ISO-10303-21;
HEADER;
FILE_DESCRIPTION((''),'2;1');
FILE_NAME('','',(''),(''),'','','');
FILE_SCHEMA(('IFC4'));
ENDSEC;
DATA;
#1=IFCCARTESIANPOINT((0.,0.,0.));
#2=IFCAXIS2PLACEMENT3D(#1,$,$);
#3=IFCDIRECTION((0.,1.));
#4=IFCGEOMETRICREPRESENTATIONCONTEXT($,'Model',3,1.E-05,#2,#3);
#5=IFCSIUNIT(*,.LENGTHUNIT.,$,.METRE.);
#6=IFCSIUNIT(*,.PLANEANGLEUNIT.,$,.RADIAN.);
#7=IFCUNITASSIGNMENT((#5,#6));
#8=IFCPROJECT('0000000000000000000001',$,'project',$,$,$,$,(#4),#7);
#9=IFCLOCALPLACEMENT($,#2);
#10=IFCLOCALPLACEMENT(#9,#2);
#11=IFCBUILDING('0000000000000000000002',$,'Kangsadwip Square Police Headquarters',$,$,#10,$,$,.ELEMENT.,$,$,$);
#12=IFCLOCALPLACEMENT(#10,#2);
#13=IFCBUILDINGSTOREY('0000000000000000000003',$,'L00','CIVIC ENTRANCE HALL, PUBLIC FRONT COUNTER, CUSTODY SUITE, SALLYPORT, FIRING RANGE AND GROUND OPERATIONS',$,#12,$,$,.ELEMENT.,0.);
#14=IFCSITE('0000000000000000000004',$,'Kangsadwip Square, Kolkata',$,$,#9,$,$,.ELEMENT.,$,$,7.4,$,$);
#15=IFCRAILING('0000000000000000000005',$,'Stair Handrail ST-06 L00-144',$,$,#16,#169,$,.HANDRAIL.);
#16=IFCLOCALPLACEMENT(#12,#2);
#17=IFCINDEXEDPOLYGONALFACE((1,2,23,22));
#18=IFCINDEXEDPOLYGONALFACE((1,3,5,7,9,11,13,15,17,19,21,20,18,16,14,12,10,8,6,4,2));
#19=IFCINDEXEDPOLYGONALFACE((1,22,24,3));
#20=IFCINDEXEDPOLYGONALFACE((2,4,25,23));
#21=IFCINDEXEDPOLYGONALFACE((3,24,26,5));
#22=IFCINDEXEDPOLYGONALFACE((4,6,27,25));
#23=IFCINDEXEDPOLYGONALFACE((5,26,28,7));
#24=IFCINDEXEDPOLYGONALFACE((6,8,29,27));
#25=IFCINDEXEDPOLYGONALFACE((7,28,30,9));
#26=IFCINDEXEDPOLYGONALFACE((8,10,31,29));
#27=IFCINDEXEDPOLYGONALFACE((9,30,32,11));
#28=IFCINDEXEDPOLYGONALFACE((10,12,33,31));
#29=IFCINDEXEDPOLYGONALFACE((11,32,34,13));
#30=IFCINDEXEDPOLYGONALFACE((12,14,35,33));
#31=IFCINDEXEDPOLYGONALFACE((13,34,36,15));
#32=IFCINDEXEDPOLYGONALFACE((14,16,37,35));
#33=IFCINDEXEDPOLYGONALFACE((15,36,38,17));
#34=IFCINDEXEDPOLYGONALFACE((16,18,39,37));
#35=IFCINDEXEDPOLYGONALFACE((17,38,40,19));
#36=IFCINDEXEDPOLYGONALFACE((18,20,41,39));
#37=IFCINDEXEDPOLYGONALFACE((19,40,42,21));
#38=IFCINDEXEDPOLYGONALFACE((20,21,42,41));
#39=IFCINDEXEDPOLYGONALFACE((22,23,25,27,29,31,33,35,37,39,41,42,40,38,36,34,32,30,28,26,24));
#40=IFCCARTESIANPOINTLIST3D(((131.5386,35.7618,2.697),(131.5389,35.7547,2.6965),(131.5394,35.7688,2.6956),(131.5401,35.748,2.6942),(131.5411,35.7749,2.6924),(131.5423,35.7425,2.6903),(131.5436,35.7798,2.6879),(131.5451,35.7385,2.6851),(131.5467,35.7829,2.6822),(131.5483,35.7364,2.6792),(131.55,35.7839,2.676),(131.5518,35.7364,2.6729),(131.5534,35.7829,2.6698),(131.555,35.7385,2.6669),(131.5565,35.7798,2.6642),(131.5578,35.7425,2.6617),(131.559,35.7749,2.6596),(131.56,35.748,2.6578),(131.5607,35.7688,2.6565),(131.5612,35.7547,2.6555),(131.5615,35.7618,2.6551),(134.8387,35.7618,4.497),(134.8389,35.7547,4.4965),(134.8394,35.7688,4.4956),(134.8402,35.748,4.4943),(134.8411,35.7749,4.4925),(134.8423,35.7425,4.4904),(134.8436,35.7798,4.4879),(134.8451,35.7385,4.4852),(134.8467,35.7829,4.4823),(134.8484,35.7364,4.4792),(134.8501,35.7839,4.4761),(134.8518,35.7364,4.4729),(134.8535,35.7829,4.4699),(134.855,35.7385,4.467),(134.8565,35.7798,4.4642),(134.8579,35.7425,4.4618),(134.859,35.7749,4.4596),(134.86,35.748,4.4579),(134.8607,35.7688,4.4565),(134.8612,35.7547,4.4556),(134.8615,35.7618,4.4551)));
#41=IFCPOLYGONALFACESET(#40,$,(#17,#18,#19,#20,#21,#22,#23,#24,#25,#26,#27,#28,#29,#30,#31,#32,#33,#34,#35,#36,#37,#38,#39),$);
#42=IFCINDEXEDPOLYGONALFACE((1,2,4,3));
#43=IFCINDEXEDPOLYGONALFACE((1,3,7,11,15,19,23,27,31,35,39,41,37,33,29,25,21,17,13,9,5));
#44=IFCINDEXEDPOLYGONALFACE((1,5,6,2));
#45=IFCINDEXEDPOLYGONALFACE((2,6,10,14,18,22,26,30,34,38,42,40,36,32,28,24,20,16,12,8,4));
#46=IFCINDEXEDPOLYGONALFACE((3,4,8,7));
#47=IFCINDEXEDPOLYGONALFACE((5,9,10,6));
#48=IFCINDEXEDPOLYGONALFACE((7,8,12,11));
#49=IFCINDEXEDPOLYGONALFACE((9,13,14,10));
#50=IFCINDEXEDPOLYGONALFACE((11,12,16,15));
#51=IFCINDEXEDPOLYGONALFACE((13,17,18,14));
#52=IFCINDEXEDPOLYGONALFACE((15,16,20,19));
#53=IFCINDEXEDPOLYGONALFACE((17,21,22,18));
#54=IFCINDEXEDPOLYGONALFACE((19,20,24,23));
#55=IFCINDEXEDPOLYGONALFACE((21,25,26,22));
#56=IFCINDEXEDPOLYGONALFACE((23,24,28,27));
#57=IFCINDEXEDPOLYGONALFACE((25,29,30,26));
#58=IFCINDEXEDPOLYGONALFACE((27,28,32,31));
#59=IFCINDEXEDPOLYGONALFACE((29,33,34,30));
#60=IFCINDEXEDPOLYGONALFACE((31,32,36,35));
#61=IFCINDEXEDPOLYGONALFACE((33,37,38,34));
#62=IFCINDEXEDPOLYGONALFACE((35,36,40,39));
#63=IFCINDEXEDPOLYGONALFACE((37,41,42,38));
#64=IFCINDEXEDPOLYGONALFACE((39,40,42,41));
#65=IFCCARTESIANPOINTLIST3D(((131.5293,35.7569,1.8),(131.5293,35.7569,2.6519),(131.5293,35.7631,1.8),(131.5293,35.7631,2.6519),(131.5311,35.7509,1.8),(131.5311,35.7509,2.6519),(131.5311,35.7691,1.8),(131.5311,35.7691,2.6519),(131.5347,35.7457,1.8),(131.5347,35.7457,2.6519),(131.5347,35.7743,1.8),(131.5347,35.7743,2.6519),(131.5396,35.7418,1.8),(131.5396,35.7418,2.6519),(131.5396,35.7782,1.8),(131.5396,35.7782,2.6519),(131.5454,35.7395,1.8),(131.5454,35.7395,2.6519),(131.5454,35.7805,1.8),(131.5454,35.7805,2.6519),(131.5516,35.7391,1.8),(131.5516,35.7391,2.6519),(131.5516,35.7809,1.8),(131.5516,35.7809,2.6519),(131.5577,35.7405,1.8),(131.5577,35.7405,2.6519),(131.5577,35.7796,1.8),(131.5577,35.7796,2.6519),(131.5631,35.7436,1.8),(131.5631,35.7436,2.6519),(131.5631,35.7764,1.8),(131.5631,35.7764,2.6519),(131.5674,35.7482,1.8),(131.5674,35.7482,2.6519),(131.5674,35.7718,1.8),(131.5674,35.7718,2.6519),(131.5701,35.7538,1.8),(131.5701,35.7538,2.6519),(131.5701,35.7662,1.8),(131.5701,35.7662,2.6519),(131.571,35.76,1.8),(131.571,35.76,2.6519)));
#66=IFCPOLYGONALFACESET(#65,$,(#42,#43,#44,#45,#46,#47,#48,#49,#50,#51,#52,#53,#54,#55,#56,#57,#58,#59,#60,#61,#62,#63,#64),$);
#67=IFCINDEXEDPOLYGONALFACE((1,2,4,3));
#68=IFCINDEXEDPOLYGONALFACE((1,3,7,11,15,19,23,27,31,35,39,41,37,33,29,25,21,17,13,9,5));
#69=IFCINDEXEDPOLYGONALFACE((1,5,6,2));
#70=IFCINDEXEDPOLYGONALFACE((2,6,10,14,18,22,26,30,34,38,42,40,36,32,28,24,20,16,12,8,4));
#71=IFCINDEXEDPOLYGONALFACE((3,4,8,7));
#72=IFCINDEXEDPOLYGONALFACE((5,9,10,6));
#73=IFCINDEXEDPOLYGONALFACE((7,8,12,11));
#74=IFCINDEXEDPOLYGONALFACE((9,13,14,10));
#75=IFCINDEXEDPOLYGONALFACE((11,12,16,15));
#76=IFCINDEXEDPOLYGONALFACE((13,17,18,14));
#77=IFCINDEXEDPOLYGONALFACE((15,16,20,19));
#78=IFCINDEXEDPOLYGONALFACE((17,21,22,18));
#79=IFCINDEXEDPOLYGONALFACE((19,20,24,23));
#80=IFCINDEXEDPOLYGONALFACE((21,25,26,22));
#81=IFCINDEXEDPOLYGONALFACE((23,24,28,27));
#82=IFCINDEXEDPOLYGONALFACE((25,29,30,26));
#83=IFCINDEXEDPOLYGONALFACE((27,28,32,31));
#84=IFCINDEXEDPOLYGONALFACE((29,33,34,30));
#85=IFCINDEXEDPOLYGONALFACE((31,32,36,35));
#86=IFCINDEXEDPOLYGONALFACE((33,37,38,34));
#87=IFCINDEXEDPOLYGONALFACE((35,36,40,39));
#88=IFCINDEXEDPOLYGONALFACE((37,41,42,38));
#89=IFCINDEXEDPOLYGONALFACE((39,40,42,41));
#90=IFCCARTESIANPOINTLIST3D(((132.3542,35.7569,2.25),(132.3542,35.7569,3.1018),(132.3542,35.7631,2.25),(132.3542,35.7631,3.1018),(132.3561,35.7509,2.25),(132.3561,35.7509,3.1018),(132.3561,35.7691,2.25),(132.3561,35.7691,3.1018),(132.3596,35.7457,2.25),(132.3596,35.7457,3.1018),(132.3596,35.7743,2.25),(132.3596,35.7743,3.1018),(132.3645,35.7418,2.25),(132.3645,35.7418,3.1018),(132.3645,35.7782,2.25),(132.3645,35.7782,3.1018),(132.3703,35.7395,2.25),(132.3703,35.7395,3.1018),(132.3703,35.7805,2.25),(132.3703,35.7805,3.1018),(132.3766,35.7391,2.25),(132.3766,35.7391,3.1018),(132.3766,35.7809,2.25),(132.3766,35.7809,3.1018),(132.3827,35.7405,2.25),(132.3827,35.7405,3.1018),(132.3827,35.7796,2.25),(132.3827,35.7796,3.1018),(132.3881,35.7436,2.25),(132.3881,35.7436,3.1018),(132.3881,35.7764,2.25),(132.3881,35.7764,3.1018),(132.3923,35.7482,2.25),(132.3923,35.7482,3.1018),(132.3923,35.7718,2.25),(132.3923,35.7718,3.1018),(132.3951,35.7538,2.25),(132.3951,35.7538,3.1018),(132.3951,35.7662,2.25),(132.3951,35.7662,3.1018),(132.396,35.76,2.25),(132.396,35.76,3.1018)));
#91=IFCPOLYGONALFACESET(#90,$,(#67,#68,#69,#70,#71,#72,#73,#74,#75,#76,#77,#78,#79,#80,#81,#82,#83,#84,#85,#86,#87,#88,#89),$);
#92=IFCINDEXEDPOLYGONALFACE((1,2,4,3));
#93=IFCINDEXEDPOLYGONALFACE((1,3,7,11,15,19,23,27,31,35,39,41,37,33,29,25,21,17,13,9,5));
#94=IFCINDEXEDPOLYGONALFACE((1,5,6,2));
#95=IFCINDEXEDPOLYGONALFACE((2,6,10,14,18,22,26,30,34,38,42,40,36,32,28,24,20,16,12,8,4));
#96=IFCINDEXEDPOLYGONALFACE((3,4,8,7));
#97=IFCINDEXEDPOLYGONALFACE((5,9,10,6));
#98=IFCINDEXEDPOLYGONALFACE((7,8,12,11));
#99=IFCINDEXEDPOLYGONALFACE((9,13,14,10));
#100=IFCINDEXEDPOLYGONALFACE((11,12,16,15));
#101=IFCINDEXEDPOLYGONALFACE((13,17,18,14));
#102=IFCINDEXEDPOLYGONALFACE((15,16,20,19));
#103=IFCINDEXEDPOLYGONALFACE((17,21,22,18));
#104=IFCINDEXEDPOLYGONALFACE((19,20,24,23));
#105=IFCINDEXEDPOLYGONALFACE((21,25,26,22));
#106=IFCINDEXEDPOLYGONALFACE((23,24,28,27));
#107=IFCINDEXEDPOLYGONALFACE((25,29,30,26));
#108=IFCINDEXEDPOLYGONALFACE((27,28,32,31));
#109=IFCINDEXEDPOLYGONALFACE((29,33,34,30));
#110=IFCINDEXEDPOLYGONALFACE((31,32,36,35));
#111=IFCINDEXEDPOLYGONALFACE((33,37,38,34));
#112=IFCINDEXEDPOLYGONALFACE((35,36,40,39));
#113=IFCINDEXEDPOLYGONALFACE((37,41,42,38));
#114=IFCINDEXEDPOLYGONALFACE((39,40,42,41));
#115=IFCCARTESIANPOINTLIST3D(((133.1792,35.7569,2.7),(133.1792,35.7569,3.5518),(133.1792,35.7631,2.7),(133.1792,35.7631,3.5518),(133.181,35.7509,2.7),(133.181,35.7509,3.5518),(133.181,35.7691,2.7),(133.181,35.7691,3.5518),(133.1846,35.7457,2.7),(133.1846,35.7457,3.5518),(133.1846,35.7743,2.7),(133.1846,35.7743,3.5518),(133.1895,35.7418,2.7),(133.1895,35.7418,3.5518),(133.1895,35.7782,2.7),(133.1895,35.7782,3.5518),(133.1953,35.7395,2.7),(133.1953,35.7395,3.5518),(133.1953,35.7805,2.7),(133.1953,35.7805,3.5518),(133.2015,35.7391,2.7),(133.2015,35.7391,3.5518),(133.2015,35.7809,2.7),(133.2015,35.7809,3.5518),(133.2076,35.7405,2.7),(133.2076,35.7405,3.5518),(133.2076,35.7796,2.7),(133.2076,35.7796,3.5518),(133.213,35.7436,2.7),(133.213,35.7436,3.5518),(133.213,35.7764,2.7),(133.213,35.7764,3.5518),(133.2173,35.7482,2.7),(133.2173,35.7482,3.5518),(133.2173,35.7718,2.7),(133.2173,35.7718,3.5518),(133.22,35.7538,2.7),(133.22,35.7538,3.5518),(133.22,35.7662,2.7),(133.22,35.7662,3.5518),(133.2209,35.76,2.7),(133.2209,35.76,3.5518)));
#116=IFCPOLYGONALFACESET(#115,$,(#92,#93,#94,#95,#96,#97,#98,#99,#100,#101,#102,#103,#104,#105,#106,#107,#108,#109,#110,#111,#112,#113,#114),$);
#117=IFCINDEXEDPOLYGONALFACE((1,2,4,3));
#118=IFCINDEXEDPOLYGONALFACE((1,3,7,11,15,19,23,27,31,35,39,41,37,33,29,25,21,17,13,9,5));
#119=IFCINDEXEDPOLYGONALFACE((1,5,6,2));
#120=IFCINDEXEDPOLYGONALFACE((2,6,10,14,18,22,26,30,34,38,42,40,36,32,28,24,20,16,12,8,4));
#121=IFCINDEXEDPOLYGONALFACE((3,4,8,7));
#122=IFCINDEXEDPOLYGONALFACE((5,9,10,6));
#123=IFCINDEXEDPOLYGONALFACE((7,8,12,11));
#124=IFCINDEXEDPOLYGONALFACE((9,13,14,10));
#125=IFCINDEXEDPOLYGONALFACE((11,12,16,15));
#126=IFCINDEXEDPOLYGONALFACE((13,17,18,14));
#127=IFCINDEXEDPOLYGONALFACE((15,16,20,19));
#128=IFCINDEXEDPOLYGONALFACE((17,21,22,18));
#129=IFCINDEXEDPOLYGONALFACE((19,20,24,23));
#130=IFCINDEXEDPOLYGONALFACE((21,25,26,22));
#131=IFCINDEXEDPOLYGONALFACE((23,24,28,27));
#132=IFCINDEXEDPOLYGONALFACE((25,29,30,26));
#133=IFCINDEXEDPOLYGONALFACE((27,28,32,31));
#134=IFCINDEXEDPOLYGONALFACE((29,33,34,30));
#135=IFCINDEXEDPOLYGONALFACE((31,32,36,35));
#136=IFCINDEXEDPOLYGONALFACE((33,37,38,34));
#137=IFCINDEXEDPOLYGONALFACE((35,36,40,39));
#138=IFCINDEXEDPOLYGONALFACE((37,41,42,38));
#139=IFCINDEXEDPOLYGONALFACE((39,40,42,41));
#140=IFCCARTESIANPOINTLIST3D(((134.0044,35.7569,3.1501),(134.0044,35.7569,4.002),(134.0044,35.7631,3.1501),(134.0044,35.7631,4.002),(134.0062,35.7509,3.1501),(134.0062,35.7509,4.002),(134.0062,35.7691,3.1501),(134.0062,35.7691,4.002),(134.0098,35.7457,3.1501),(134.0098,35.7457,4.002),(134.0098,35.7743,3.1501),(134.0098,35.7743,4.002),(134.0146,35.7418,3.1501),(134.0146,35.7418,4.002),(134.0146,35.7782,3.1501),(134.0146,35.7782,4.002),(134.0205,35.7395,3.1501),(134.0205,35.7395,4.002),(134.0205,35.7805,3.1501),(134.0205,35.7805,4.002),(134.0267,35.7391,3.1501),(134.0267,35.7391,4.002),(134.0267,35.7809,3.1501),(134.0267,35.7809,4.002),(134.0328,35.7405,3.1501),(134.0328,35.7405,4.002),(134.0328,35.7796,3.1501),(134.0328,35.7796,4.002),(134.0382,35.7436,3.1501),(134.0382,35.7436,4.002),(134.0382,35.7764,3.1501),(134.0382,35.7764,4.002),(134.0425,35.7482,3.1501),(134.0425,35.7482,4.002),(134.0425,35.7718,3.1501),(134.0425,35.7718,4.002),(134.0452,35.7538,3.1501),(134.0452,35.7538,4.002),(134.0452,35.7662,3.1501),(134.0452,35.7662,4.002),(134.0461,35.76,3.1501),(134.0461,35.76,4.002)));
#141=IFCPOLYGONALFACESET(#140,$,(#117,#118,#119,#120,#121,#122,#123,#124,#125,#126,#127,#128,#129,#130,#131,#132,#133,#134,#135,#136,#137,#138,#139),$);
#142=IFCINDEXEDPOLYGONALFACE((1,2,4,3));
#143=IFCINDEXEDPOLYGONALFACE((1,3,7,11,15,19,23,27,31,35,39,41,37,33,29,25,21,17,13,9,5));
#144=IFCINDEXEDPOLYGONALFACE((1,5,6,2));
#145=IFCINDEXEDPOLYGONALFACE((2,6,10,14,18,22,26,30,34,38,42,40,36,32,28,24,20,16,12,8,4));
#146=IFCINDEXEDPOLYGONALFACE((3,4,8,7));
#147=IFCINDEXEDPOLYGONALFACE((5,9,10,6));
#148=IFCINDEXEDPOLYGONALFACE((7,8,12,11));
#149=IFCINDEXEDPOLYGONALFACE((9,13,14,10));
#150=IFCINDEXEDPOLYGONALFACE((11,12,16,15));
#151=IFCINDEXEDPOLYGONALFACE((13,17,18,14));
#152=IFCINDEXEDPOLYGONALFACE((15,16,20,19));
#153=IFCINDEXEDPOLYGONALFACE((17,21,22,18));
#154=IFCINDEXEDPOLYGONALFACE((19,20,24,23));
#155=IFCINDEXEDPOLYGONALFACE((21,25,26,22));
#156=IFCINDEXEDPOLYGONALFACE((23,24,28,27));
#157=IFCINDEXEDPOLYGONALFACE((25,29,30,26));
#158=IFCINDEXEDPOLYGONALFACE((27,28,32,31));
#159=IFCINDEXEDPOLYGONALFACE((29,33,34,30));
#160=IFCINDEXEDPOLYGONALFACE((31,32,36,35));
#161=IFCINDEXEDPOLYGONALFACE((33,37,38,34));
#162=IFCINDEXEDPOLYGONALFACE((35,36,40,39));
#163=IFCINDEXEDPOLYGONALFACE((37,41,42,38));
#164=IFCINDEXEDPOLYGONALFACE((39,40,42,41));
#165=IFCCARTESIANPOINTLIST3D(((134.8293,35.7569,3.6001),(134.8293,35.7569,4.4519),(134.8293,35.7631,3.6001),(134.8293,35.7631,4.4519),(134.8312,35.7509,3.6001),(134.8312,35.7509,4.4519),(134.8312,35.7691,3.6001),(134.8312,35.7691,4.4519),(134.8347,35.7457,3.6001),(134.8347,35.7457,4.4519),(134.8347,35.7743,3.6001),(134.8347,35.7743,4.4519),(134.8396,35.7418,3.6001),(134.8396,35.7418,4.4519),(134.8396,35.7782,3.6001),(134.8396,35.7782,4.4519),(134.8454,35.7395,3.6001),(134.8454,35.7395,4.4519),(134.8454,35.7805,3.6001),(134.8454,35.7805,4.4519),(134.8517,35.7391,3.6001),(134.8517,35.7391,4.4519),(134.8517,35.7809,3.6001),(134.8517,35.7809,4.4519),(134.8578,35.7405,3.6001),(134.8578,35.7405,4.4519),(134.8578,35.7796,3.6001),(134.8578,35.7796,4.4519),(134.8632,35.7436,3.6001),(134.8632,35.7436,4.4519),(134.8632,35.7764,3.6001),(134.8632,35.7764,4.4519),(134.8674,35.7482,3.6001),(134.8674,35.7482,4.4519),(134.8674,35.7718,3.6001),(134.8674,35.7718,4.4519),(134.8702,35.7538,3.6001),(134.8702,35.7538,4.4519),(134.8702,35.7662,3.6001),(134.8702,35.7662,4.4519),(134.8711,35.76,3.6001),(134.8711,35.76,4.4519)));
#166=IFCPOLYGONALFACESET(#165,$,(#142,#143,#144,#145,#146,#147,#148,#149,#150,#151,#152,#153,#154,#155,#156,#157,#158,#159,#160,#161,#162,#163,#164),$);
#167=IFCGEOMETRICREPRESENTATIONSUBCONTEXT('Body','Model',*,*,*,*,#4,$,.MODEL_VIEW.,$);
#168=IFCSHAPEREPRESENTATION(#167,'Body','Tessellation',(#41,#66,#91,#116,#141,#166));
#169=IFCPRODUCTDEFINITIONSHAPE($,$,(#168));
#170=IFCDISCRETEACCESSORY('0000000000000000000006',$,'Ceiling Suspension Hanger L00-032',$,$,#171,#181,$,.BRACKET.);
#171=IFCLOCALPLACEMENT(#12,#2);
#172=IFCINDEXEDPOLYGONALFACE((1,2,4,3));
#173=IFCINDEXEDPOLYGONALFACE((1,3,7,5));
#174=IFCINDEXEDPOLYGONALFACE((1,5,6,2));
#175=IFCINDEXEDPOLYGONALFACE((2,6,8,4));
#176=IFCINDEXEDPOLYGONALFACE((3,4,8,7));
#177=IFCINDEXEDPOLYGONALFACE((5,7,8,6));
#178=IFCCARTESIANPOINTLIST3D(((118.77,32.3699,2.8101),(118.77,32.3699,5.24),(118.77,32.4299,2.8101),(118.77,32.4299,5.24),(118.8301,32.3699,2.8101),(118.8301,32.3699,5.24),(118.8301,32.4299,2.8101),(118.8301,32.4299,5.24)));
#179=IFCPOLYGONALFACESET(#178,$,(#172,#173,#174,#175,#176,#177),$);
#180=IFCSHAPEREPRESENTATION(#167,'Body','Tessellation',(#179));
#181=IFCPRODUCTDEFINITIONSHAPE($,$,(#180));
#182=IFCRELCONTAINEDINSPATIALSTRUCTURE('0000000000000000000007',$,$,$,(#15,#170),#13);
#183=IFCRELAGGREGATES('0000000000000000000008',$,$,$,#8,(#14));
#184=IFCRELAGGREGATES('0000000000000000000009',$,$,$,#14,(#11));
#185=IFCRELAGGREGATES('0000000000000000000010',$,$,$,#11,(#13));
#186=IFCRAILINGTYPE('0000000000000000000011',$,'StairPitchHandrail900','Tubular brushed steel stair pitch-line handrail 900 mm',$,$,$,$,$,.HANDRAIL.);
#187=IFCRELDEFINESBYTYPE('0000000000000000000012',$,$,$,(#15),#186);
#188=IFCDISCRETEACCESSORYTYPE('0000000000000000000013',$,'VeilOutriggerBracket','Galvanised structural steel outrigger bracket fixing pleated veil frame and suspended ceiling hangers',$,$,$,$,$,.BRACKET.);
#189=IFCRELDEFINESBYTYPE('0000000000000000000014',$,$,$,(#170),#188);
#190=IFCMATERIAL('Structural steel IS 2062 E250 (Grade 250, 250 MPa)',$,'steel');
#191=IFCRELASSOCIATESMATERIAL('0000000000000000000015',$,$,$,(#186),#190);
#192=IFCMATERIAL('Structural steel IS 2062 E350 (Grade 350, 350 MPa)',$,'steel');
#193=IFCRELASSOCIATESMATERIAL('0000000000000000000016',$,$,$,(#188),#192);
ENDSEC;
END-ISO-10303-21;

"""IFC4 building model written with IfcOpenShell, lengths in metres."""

from ifc_helpers import new_model, si_unit, direction, frame, origin, origin_2d, place, context, subcontext, project, spatial, rectangle, circle, extrude, material, type_object, element, save


model = new_model("IFC4")

# Units and contexts
model_context = context("Model", 3, precision=1e-05, world=origin(), true_north=direction((0.0, 1.0)))
body_context = subcontext(model_context, "Body", "Model", "MODEL_VIEW")
ifc_project = project(units=[si_unit("LENGTHUNIT", "METRE"), si_unit("PLANEANGLEUNIT", "RADIAN")], contexts=[model_context])

# Site, building, storey
site_placement = place(None, origin())
site = spatial("IfcSite", under=ifc_project, at=site_placement, Name="Kangsadwip Square, Kolkata", CompositionType="ELEMENT", RefElevation=7.4)
building_placement = place(site_placement, origin())
building = spatial("IfcBuilding", under=site, at=building_placement, Name="Kangsadwip Square Police Headquarters", CompositionType="ELEMENT")
storey_placement = place(building_placement, origin())
storey = spatial("IfcBuildingStorey", under=building, at=storey_placement, Name="L00", Description="CIVIC ENTRANCE HALL, PUBLIC FRONT COUNTER, CUSTODY SUITE, SALLYPORT, FIRING RANGE AND GROUND OPERATIONS", CompositionType="ELEMENT", Elevation=0.0)

# Railing
ifc_material_1 = material(Name="Structural steel IS 2062 E250 (Grade 250, 250 MPa)", Category="steel")
railing_type = type_object("IfcRailingType", Name="StairPitchHandrail900", Description="Tubular brushed steel stair pitch-line handrail 900 mm", PredefinedType="HANDRAIL", material=ifc_material_1)
railing_1_placement = place(storey_placement, frame((131.55, 35.76, 1.8)))
element("IfcRailing", 1, at=railing_1_placement, inside=storey, type_object=railing_type, Name="Stair Handrail ST-06 L00-144", PredefinedType="HANDRAIL", context=body_context, shape_type="SweptSolid", body=[
    extrude(circle(Radius=0.0239, at=origin_2d()), frame((0.0, 0.0, 0.876), z_axis=(0.877893, 0.0, 0.478857), x_axis=(0.0, 1.0, 0.0)), (0.0, 0.0, 1.0), 3.759),
    extrude(circle(Radius=0.021, at=origin_2d()), origin(), (0.0, 0.0, 1.0), 0.8518),
    extrude(circle(Radius=0.021, at=origin_2d()), frame((0.825, 0.0, 0.45)), (0.0, 0.0, 1.0), 0.8518),
    extrude(circle(Radius=0.021, at=origin_2d()), frame((1.6499, 0.0, 0.8999)), (0.0, 0.0, 1.0), 0.8518),
    extrude(circle(Radius=0.021, at=origin_2d()), frame((2.4751, 0.0, 1.3501)), (0.0, 0.0, 1.0), 0.8518),
    extrude(circle(Radius=0.021, at=origin_2d()), frame((3.3, 0.0, 1.8)), (0.0, 0.0, 1.0), 0.8518),
])

# Discrete accessory
ifc_material_2 = material(Name="Structural steel IS 2062 E350 (Grade 350, 350 MPa)", Category="steel")
discrete_accessory_type = type_object("IfcDiscreteAccessoryType", Name="VeilOutriggerBracket", Description="Galvanised structural steel outrigger bracket fixing pleated veil frame and suspended ceiling hangers", PredefinedType="BRACKET", material=ifc_material_2)
discrete_accessory_placement = place(storey_placement, frame((118.8, 32.3999, 2.8101), z_axis=(0.0, 0.0, 1.0), x_axis=(1.0, 0.0, 0.0)))
element("IfcDiscreteAccessory", 2, at=discrete_accessory_placement, inside=storey, type_object=discrete_accessory_type, Name="Ceiling Suspension Hanger L00-032", PredefinedType="BRACKET", context=body_context, shape_type="SweptSolid", body=[
    extrude(rectangle(XDim=0.0601, YDim=0.0601, at=origin_2d()), origin(), (0.0, 0.0, 1.0), 2.4299),
])

save(model, "model.ifc")
